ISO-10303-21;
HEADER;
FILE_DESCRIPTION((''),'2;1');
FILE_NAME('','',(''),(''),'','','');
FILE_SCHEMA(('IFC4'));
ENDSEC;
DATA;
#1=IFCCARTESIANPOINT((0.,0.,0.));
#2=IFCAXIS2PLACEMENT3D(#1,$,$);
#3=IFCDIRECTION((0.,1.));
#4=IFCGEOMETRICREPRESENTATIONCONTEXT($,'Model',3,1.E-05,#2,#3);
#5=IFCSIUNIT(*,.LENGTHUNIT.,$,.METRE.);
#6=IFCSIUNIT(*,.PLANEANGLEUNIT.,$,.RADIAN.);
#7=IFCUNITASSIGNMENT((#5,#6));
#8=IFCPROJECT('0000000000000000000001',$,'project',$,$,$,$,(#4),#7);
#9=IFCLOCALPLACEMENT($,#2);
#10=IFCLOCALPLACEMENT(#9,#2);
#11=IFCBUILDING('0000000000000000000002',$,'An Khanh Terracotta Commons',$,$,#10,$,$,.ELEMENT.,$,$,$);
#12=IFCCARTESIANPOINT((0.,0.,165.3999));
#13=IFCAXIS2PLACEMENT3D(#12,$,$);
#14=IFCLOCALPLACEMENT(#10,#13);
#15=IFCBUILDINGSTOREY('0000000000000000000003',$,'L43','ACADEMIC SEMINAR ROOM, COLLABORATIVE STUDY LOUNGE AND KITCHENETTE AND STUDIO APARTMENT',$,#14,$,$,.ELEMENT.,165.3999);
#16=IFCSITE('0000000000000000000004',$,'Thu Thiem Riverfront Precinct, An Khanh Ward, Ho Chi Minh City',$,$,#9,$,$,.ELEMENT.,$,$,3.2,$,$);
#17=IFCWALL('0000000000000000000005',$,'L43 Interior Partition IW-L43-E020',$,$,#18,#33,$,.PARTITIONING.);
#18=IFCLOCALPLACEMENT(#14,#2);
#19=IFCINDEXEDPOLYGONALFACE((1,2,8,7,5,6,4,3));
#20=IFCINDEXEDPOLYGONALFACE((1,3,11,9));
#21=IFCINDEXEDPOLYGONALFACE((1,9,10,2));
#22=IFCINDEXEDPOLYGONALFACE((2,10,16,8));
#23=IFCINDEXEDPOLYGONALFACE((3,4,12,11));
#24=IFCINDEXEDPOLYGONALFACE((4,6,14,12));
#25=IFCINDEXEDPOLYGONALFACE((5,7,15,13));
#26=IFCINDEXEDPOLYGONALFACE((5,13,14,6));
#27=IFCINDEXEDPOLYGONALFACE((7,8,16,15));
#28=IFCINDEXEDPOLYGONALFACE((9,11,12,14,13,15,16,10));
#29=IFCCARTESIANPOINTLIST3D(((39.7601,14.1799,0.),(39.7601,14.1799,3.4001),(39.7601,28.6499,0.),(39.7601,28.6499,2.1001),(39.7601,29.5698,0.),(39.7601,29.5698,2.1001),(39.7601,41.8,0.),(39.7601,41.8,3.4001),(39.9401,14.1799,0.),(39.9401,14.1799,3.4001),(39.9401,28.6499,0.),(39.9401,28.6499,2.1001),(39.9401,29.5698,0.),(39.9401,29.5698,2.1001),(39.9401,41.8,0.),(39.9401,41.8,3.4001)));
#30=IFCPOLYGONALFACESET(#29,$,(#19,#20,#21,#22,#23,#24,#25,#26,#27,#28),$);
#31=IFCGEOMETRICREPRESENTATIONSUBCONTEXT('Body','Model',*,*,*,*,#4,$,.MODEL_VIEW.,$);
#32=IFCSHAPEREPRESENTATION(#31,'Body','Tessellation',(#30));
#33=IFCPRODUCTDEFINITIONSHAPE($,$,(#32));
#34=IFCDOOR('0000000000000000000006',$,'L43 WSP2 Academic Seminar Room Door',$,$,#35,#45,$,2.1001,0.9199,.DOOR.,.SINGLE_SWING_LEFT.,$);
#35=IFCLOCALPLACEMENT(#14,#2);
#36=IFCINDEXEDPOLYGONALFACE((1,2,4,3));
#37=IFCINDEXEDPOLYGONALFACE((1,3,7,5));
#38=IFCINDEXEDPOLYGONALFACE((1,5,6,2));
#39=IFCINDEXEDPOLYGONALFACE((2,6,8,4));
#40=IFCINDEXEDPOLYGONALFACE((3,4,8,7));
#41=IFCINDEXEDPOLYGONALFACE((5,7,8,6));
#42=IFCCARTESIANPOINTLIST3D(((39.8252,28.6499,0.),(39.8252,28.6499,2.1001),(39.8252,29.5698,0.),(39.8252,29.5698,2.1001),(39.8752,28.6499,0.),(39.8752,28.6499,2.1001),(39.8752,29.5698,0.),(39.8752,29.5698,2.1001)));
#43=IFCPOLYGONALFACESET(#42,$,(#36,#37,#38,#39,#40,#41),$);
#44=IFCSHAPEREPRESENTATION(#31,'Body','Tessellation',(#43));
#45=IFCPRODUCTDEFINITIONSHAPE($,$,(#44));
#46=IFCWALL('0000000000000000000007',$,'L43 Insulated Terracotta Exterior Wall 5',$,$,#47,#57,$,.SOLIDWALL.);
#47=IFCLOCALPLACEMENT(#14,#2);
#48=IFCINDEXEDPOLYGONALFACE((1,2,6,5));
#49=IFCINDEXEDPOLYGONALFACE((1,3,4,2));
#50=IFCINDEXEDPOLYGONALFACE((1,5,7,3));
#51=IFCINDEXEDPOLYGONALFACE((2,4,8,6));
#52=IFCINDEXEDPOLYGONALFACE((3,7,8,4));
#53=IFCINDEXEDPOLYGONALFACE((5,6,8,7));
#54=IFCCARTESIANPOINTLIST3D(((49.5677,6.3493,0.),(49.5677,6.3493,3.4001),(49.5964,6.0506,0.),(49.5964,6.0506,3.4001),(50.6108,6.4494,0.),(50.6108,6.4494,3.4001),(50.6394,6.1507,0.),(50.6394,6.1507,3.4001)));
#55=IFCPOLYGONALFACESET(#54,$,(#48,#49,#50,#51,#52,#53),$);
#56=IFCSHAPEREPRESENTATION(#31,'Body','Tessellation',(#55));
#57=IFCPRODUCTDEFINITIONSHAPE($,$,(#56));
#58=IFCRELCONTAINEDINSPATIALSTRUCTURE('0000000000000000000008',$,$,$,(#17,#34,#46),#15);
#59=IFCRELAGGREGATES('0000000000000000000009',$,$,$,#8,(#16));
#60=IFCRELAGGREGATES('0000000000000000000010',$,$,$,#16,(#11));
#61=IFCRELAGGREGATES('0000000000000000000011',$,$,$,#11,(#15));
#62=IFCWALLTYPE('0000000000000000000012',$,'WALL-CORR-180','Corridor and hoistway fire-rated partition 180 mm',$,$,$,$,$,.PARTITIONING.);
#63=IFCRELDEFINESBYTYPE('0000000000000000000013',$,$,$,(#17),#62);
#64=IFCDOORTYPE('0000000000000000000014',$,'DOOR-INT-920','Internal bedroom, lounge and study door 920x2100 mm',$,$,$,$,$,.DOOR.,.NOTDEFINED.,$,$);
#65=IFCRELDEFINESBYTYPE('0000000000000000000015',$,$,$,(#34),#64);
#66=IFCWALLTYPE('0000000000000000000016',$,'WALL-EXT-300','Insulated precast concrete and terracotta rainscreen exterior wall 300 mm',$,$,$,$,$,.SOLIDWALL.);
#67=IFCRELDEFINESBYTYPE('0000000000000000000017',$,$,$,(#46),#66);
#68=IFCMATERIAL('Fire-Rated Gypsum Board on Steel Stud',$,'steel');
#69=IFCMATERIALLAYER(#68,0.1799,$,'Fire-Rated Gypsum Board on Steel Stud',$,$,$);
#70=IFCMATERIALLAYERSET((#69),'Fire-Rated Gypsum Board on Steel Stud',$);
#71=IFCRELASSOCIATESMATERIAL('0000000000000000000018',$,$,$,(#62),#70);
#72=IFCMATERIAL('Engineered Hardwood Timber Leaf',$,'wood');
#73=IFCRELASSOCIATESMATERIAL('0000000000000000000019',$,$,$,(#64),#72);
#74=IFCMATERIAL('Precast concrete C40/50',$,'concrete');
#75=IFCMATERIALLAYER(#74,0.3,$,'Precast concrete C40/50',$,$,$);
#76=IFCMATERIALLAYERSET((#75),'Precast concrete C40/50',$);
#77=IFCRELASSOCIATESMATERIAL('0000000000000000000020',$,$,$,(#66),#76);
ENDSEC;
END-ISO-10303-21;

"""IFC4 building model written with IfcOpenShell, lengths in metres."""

from ifc_helpers import new_model, si_unit, direction, frame, frame_2d, origin, place, context, subcontext, project, spatial, rectangle, extrude, material, layer, layer_set, type_object, element, fill, save


model = new_model("IFC4")

# Units and contexts
model_context = context("Model", 3, precision=1e-05, world=origin(), true_north=direction((0.0, 1.0)))
body_context = subcontext(model_context, "Body", "Model", "MODEL_VIEW")
ifc_project = project(units=[si_unit("LENGTHUNIT", "METRE"), si_unit("PLANEANGLEUNIT", "RADIAN")], contexts=[model_context])

# Site, building, storey
site_placement = place(None, origin())
site = spatial("IfcSite", under=ifc_project, at=site_placement, Name="Thu Thiem Riverfront Precinct, An Khanh Ward, Ho Chi Minh City", CompositionType="ELEMENT", RefElevation=3.2)
building_placement = place(site_placement, origin())
building = spatial("IfcBuilding", under=site, at=building_placement, Name="An Khanh Terracotta Commons", CompositionType="ELEMENT")
storey_placement = place(building_placement, frame((0.0, 0.0, 165.3999)))
storey = spatial("IfcBuildingStorey", under=building, at=storey_placement, Name="L43", Description="ACADEMIC SEMINAR ROOM, COLLABORATIVE STUDY LOUNGE AND KITCHENETTE AND STUDIO APARTMENT", CompositionType="ELEMENT", Elevation=165.3999)

# Wall, opening, door
ifc_material_1 = material(Name="Fire-Rated Gypsum Board on Steel Stud", Category="steel")
ifc_layer_1 = layer(ifc_material_1, 0.1799, Name="Fire-Rated Gypsum Board on Steel Stud")
ifc_layer_set_1 = layer_set([ifc_layer_1], Name="Fire-Rated Gypsum Board on Steel Stud")
wall_type_1 = type_object("IfcWallType", Name="WALL-CORR-180", Description="Corridor and hoistway fire-rated partition 180 mm", PredefinedType="PARTITIONING", material=ifc_layer_set_1)
ifc_material_2 = material(Name="Engineered Hardwood Timber Leaf", Category="wood")
door_type_1 = type_object("IfcDoorType", Name="DOOR-INT-920", Description="Internal bedroom, lounge and study door 920x2100 mm", OperationType="NOTDEFINED", PredefinedType="DOOR", material=ifc_material_2)
wall_1_placement = place(storey_placement, frame((39.8501, 14.1799, 0.0), z_axis=(0.0, 0.0, 1.0), x_axis=(0.0, 1.0, 0.0)))
wall_1 = element("IfcWall", 1, at=wall_1_placement, inside=storey, type_object=wall_type_1, Name="L43 Interior Partition IW-L43-E020", PredefinedType="PARTITIONING", context=body_context, shape_type="SweptSolid", body=[
    extrude(rectangle(XDim=27.6201, YDim=0.1799, at=frame_2d((13.8101, 0.0))), origin(), (0.0, 0.0, 1.0), 3.4001),
])
opening_1_placement = place(wall_1_placement, frame((14.47, 0.0, 0.0)))
opening_1 = element("IfcOpeningElement", 2, at=opening_1_placement, cuts=wall_1, PredefinedType="OPENING", context=body_context, shape_type="SweptSolid", body=[
    extrude(rectangle(XDim=0.9199, YDim=2.1001, at=frame_2d((0.46, 1.05))), frame((0.0, 0.0999, 0.0), z_axis=(0.0, -1.0, 0.0), x_axis=(1.0, 0.0, 0.0)), (0.0, 0.0, 1.0), 0.2),
])
door_1_placement = place(opening_1_placement, origin())
door_1 = element("IfcDoor", 3, at=door_1_placement, inside=storey, type_object=door_type_1, Name="L43 WSP2 Academic Seminar Room Door", OperationType="SINGLE_SWING_LEFT", OverallHeight=2.1001, OverallWidth=0.9199, PredefinedType="DOOR", context=body_context, shape_type="SweptSolid", body=[
    extrude(rectangle(XDim=0.9199, YDim=2.1001, at=frame_2d((0.46, 1.05))), frame((0.0, 0.0249, 0.0), z_axis=(0.0, -1.0, 0.0), x_axis=(1.0, 0.0, 0.0)), (0.0, 0.0, 1.0), 0.05),
])
fill(opening_1, door_1)

# Wall
ifc_material_3 = material(Name="Precast concrete C40/50", Category="concrete")
ifc_layer_2 = layer(ifc_material_3, 0.3, Name="Precast concrete C40/50")
ifc_layer_set_2 = layer_set([ifc_layer_2], Name="Precast concrete C40/50")
wall_type_2 = type_object("IfcWallType", Name="WALL-EXT-300", Description="Insulated precast concrete and terracotta rainscreen exterior wall 300 mm", PredefinedType="SOLIDWALL", material=ifc_layer_set_2)
wall_2_placement = place(storey_placement, frame((49.582, 6.2, 0.0), z_axis=(0.0, 0.0, 1.0), x_axis=(0.995426, 0.095535, 0.0)))
element("IfcWall", 4, at=wall_2_placement, inside=storey, type_object=wall_type_2, Name="L43 Insulated Terracotta Exterior Wall 5", PredefinedType="SOLIDWALL", context=body_context, shape_type="SweptSolid", body=[
    extrude(rectangle(XDim=1.0479, YDim=0.3, at=frame_2d((0.5239, 0.0))), origin(), (0.0, 0.0, 1.0), 3.4001),
])

save(model, "model.ifc")
